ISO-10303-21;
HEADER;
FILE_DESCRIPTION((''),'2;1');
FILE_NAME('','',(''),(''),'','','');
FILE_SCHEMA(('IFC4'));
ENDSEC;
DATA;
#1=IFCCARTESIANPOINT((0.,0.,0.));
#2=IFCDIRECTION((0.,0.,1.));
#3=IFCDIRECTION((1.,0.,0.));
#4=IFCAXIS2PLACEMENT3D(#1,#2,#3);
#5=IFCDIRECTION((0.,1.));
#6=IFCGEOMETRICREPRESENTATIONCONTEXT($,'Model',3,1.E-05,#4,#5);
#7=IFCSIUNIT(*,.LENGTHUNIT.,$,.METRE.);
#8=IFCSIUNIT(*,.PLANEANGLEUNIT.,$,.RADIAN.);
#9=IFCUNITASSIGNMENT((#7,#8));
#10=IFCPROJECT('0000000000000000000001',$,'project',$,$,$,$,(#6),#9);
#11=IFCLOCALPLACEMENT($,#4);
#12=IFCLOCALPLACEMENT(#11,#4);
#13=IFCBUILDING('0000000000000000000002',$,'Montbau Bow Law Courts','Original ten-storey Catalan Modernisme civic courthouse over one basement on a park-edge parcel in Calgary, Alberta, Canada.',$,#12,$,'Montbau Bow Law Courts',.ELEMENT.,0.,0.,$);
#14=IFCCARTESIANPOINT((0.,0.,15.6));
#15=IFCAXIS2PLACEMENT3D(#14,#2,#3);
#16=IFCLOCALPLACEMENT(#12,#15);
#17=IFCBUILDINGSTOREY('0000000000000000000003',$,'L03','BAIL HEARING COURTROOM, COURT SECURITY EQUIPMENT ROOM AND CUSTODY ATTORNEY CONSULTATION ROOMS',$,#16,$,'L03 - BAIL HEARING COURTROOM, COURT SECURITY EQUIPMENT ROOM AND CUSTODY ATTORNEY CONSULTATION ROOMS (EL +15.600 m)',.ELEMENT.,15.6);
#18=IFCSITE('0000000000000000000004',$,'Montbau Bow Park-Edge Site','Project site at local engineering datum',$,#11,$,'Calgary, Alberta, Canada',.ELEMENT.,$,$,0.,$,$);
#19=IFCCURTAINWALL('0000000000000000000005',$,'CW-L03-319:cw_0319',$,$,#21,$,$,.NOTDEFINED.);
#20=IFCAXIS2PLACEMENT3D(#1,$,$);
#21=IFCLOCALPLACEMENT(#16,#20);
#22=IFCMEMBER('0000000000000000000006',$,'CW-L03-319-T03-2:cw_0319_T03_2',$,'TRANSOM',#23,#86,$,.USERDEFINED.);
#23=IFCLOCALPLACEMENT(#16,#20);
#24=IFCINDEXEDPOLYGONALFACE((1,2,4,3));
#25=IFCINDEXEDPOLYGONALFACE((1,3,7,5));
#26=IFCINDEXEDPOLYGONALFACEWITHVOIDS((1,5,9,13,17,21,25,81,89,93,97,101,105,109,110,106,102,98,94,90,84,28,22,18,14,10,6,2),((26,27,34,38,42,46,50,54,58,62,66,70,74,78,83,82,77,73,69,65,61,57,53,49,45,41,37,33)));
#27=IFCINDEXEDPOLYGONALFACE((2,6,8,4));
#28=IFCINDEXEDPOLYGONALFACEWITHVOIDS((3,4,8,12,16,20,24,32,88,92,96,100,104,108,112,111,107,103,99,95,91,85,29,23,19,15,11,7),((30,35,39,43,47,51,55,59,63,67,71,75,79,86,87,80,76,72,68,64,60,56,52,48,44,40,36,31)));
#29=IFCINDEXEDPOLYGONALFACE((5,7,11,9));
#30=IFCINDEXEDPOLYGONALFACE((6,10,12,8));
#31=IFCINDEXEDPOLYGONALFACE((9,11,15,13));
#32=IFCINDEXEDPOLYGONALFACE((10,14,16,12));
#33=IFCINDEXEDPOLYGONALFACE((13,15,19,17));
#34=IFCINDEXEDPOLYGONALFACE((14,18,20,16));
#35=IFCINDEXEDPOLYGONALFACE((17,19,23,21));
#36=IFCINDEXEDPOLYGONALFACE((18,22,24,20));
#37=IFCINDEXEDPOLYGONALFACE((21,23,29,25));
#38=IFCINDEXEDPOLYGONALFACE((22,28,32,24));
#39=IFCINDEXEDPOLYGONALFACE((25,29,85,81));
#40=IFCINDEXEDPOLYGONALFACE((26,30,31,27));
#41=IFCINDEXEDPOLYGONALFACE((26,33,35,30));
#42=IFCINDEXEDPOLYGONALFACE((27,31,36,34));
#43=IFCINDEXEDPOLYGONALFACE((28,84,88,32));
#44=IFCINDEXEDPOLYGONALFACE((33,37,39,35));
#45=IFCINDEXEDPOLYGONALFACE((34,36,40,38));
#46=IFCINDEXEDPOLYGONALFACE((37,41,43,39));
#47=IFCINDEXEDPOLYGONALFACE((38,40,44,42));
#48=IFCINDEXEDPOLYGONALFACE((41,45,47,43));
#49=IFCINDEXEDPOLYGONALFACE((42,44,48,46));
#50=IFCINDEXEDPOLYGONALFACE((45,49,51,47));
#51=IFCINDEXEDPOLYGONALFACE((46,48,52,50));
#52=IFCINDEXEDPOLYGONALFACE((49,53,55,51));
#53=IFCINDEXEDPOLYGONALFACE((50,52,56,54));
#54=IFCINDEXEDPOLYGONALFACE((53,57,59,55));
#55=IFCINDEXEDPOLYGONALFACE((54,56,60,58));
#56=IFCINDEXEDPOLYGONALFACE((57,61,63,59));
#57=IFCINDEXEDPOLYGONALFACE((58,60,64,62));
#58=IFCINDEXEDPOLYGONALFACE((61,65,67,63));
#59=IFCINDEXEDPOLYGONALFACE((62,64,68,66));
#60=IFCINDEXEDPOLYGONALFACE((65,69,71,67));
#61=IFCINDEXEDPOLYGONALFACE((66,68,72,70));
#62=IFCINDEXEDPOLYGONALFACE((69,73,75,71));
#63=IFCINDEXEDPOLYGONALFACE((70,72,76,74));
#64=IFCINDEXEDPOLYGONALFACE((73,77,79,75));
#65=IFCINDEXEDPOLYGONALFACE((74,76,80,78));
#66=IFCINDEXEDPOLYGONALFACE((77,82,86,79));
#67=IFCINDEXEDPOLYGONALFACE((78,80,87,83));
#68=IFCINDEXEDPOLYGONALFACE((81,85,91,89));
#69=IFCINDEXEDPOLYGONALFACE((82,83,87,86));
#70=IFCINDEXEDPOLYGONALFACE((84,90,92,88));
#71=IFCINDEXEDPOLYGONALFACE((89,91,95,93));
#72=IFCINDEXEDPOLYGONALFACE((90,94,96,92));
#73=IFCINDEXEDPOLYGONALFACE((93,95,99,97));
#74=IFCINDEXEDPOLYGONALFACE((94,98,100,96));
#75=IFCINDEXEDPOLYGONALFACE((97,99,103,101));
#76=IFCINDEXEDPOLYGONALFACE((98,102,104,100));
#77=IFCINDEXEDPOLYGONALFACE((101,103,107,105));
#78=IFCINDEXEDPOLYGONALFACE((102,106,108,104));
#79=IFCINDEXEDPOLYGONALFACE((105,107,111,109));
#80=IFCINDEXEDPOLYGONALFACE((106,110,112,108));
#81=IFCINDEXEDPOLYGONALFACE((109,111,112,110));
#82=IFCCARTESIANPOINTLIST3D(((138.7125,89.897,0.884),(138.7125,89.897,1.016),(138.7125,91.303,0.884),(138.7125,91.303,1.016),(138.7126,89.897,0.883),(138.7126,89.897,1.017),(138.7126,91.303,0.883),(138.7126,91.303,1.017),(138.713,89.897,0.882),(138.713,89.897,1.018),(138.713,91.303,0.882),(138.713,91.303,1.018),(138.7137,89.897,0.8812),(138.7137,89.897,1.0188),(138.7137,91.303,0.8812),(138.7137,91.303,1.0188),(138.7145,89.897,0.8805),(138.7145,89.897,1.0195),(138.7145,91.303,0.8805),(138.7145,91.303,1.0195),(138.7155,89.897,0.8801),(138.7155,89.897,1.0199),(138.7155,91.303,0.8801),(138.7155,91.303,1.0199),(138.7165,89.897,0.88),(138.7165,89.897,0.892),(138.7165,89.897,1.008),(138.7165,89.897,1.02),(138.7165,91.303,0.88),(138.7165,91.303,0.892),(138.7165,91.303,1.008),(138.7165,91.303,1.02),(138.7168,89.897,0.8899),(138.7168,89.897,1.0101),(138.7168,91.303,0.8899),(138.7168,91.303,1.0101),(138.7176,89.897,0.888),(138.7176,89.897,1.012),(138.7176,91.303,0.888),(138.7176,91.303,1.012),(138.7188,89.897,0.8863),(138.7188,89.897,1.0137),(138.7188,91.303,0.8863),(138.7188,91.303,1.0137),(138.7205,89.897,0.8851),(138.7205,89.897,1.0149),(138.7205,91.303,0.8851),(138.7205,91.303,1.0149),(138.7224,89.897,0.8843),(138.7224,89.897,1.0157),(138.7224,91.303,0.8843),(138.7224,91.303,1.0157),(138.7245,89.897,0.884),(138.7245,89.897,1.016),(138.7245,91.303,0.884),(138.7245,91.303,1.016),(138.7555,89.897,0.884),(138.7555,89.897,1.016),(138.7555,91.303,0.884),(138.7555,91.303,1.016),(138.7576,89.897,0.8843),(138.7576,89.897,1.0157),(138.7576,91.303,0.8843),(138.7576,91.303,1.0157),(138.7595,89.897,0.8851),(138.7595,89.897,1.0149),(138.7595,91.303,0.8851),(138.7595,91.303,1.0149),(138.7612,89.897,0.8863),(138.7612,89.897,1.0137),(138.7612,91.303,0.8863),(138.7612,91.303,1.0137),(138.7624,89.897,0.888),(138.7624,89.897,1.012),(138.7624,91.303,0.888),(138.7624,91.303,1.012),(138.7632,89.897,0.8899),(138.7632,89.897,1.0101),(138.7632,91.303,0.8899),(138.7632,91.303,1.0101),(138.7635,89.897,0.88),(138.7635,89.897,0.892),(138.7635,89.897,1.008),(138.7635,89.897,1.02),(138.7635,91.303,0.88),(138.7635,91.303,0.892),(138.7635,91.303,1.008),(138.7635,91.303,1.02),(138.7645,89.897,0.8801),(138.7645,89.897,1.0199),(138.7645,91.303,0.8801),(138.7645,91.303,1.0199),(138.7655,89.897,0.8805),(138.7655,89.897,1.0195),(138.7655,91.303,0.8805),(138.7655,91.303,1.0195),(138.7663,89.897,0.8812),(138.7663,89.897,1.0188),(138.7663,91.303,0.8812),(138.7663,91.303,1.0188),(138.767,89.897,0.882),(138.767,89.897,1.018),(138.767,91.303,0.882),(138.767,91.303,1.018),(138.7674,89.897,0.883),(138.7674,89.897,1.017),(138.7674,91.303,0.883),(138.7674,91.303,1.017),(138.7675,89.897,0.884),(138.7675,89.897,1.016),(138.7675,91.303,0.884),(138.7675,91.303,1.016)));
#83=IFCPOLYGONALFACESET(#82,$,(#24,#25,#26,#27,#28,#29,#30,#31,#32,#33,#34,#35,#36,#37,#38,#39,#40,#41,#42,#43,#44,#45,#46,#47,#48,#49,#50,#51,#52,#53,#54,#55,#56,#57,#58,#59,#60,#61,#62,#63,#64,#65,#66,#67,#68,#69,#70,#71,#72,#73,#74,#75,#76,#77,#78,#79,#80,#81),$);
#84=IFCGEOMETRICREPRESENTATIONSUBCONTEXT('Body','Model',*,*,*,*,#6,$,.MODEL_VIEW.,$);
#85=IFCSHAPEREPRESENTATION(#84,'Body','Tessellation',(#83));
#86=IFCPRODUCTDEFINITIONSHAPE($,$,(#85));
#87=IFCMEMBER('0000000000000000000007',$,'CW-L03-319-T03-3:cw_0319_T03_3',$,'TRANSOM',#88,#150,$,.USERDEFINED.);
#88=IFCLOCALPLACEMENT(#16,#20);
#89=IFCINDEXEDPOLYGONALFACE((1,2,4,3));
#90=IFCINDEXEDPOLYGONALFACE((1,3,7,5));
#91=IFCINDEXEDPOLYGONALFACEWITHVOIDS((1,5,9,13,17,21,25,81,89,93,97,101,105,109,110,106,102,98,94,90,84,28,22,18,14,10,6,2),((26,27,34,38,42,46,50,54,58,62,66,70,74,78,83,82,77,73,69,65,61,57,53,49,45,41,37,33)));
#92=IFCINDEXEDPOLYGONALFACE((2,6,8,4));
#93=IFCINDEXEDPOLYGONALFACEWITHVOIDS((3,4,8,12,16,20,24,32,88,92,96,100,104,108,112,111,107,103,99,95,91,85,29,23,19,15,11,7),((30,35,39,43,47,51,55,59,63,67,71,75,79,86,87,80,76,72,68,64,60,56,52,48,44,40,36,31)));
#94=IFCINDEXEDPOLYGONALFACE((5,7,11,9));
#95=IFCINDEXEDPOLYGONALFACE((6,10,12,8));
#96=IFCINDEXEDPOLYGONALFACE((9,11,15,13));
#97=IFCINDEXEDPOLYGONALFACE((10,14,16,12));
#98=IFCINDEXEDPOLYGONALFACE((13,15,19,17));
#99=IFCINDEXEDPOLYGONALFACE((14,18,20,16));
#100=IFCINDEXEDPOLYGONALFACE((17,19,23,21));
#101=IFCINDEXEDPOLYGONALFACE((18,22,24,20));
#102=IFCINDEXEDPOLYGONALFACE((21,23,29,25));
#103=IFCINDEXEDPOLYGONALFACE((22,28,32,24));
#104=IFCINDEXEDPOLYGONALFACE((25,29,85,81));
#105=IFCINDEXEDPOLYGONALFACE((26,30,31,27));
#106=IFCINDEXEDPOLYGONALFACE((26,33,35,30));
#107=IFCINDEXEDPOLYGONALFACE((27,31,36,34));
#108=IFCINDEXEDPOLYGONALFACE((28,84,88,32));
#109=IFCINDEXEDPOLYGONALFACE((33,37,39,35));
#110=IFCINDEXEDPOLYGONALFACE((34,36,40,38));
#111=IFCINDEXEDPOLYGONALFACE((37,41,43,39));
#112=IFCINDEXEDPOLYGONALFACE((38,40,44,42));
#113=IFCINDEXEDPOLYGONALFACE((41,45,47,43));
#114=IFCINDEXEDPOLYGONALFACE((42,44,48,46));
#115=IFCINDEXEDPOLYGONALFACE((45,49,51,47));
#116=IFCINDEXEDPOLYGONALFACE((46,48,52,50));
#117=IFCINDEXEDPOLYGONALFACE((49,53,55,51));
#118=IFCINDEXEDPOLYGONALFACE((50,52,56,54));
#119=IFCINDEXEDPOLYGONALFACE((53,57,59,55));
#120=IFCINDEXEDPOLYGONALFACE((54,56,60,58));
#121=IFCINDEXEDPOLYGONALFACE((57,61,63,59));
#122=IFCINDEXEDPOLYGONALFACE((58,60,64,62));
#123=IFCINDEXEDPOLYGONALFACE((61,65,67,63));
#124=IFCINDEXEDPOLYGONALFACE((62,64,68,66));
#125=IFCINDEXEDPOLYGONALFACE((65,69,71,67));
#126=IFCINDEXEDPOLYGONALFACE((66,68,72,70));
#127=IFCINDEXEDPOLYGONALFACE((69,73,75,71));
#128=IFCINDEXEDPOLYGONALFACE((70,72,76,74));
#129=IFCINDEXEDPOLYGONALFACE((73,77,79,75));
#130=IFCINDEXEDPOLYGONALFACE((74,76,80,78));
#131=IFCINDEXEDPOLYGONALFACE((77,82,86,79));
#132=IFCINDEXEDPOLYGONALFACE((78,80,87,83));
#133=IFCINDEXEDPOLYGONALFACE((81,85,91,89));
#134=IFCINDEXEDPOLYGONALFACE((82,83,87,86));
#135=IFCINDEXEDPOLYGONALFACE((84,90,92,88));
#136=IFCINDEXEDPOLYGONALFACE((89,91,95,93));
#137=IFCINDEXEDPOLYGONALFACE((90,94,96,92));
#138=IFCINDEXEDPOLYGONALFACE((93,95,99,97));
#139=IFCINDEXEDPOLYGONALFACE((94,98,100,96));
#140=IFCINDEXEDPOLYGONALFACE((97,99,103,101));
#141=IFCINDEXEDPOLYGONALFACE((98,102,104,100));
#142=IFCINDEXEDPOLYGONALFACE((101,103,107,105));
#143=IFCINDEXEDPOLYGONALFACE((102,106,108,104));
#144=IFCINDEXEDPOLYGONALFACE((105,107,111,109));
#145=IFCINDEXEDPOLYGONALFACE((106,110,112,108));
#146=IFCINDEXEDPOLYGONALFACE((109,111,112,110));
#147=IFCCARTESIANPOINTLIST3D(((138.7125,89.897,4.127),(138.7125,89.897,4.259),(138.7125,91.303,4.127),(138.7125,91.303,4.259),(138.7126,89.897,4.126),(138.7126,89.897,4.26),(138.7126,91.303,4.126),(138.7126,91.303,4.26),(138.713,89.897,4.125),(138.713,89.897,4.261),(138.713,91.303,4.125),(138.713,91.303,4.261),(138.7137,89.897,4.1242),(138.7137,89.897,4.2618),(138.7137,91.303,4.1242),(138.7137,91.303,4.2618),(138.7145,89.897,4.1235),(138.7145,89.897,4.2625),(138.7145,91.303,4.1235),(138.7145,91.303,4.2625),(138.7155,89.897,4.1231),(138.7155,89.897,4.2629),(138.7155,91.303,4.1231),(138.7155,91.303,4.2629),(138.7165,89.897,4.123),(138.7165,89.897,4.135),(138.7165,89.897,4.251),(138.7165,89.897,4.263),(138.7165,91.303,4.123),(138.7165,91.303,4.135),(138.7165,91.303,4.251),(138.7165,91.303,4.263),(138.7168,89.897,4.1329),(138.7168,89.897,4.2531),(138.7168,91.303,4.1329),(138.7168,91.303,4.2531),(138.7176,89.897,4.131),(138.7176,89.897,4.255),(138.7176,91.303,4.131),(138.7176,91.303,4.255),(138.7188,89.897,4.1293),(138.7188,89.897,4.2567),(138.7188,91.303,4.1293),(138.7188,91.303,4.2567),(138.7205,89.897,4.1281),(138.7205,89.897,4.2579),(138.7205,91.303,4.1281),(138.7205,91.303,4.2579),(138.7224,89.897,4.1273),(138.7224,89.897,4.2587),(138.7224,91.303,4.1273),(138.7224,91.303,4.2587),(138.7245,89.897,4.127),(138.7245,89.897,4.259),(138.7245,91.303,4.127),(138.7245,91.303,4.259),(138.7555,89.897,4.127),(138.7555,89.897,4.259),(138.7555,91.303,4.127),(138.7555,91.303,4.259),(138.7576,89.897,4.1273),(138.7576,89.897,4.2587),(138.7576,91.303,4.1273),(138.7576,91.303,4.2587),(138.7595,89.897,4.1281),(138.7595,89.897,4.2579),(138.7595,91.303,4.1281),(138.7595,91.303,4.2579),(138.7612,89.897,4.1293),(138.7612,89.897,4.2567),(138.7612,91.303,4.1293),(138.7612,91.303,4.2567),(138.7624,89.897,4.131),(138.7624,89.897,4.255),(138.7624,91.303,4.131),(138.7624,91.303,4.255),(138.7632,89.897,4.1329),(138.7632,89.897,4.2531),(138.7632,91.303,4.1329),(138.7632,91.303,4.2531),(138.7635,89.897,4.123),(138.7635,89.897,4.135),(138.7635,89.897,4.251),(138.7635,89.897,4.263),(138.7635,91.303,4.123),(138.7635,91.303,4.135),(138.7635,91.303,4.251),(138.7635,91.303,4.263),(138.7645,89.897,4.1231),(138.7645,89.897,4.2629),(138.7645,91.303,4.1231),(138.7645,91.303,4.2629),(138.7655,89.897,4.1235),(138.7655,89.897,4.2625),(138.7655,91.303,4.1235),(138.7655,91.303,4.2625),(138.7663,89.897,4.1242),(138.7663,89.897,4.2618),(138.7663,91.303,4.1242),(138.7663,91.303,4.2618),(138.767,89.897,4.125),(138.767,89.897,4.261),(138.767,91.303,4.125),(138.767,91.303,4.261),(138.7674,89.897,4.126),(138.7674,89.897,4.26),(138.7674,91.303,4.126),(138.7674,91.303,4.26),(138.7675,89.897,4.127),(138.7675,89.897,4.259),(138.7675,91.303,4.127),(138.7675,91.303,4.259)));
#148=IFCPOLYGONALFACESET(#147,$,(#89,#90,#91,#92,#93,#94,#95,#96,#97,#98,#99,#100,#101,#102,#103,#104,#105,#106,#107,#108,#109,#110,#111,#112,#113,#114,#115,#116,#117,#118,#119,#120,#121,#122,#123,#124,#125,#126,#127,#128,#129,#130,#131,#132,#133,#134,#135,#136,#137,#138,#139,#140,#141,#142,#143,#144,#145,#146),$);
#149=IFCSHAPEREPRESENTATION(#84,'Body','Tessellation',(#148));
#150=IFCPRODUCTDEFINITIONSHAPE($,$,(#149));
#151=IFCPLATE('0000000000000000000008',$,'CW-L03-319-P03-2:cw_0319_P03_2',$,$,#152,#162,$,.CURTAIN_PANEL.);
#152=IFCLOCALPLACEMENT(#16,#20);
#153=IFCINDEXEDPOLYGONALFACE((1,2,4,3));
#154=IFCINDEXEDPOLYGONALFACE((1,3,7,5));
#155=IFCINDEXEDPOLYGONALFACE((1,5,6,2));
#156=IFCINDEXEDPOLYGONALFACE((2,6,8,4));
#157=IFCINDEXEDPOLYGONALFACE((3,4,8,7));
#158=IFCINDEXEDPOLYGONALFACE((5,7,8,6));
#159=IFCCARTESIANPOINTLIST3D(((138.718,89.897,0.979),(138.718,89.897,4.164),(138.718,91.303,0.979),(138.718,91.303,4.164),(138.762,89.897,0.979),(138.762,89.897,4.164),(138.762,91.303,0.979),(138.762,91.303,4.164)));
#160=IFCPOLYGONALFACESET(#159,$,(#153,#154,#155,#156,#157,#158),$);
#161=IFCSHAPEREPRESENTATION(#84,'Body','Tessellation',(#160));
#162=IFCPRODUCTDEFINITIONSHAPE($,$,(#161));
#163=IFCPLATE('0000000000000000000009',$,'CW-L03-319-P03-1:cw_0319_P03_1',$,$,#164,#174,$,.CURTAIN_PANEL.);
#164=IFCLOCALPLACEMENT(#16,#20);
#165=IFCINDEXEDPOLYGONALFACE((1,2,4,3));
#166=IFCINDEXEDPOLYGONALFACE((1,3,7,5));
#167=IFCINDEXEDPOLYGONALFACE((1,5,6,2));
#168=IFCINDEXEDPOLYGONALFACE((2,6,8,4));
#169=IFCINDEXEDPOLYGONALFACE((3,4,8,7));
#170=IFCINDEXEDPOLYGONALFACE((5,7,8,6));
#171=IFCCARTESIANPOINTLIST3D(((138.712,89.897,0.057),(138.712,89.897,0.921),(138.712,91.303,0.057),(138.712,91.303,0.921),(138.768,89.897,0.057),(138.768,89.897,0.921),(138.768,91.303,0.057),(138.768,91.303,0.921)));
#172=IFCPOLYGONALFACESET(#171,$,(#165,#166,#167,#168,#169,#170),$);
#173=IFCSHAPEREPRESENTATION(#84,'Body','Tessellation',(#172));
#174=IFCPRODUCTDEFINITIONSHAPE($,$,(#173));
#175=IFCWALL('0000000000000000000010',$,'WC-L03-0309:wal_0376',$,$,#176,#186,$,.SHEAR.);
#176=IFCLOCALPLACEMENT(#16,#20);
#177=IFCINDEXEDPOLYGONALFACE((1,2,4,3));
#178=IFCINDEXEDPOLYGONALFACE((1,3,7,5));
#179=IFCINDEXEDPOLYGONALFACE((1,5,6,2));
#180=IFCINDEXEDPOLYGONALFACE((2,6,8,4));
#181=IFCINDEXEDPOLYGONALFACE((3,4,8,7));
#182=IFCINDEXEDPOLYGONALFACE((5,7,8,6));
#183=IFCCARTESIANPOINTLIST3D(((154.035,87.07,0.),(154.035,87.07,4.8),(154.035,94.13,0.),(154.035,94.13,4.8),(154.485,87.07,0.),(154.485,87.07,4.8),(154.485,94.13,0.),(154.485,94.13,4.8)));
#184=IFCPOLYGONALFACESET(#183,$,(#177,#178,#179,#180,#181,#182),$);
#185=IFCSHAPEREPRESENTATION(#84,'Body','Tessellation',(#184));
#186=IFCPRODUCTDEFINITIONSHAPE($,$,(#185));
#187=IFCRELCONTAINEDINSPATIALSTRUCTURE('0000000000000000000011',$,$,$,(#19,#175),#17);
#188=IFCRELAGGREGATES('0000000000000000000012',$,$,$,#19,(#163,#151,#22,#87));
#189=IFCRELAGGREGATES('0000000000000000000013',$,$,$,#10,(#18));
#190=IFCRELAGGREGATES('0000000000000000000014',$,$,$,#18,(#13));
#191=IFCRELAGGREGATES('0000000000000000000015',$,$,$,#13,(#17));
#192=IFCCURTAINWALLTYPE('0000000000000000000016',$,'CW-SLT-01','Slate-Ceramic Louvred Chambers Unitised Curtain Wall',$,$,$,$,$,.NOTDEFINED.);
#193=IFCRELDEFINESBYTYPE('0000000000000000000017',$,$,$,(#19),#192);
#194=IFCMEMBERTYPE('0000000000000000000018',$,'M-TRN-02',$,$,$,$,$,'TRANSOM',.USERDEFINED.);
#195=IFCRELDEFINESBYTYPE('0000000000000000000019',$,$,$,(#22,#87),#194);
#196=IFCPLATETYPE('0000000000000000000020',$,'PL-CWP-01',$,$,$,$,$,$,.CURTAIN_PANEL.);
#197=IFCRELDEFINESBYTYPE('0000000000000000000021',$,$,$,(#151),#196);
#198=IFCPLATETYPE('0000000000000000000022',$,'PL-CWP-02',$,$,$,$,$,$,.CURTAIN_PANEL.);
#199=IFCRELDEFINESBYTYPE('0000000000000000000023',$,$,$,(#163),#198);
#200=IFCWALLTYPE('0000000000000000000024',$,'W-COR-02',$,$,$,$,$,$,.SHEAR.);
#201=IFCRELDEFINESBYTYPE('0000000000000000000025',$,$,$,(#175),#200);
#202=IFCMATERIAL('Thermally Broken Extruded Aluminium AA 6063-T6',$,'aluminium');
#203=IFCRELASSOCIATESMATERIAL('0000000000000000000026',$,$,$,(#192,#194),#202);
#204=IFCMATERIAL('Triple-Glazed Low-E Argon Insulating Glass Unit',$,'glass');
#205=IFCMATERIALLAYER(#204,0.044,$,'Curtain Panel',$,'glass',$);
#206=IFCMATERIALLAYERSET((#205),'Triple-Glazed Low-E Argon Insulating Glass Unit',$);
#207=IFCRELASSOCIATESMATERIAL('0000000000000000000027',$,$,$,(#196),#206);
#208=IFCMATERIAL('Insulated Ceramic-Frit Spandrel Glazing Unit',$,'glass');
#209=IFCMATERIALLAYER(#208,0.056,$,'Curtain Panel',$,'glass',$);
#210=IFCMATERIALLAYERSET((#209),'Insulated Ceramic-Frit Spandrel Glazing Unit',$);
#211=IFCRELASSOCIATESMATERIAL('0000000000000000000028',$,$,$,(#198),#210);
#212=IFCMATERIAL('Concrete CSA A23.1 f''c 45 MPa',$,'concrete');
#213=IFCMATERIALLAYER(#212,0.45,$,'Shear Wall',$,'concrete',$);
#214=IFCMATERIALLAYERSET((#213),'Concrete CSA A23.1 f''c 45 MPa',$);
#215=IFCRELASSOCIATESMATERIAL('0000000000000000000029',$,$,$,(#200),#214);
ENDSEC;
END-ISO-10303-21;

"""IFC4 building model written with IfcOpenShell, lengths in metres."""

from ifc_helpers import new_model, si_unit, direction, frame, frame_2d, origin_with_axes, origin_2d_with_axis, place, context, subcontext, project, spatial, rectangle, hollow_rectangle, extrude, material, layer, layer_set, material_profile, profile_set, type_object, element, aggregate, save


model = new_model("IFC4")

# Units and contexts
model_context = context("Model", 3, precision=1e-05, world=origin_with_axes(), true_north=direction((0.0, 1.0)))
body_context = subcontext(model_context, "Body", "Model", "MODEL_VIEW")
ifc_project = project(units=[si_unit("LENGTHUNIT", "METRE"), si_unit("PLANEANGLEUNIT", "RADIAN")], contexts=[model_context])

# Site, building, storey
site_placement = place(None, origin_with_axes())
site = spatial("IfcSite", under=ifc_project, at=site_placement, Name="Montbau Bow Park-Edge Site", Description="Project site at local engineering datum", LongName="Calgary, Alberta, Canada", CompositionType="ELEMENT", RefElevation=0.0)
building_placement = place(site_placement, origin_with_axes())
building = spatial("IfcBuilding", under=site, at=building_placement, Name="Montbau Bow Law Courts", Description="Original ten-storey Catalan Modernisme civic courthouse over one basement on a park-edge parcel in Calgary, Alberta, Canada.", LongName="Montbau Bow Law Courts", CompositionType="ELEMENT", ElevationOfRefHeight=0.0, ElevationOfTerrain=0.0)
storey_placement = place(building_placement, frame((0.0, 0.0, 15.6), z_axis=(0.0, 0.0, 1.0), x_axis=(1.0, 0.0, 0.0)))
storey = spatial("IfcBuildingStorey", under=building, at=storey_placement, Name="L03", Description="BAIL HEARING COURTROOM, COURT SECURITY EQUIPMENT ROOM AND CUSTODY ATTORNEY CONSULTATION ROOMS", LongName="L03 - BAIL HEARING COURTROOM, COURT SECURITY EQUIPMENT ROOM AND CUSTODY ATTORNEY CONSULTATION ROOMS (EL +15.600 m)", CompositionType="ELEMENT", Elevation=15.6)

# Curtain wall, members, plates
ifc_material_1 = material(Name="Thermally Broken Extruded Aluminium AA 6063-T6", Category="aluminium")
curtain_wall_type = type_object("IfcCurtainWallType", Name="CW-SLT-01", Description="Slate-Ceramic Louvred Chambers Unitised Curtain Wall", PredefinedType="NOTDEFINED", material=ifc_material_1)
curtain_wall_placement = place(None, frame((138.74, 86.915, 15.6), z_axis=(0.0, 0.0, 1.0), x_axis=(1.0, 0.0, 0.0)))
curtain_wall = element("IfcCurtainWall", 1, at=curtain_wall_placement, inside=storey, type_object=curtain_wall_type, Name="CW-L03-319:cw_0319", PredefinedType="NOTDEFINED")
ifc_material_profile_1 = material_profile(ifc_material_1, hollow_rectangle(XDim=0.055, YDim=0.14, WallThickness=0.004, InnerFilletRadius=0.008, OuterFilletRadius=0.004, at=origin_2d_with_axis()), Name="CWT-140X55", Category="Main", Priority=0)
ifc_profile_set_1 = profile_set([ifc_material_profile_1], Name="Thermally Broken Extruded Aluminium AA 6063-T6")
member_type_1 = type_object("IfcMemberType", Name="M-TRN-02", ElementType="TRANSOM", PredefinedType="USERDEFINED", material=ifc_profile_set_1)
member_1_placement = place(None, frame((138.74, 89.897, 16.55), z_axis=(0.0, 1.0, 0.0), x_axis=(-1.0, 0.0, 0.0)))
member_1 = element("IfcMember", 2, at=member_1_placement, type_object=member_type_1, Name="CW-L03-319-T03-2:cw_0319_T03_2", ObjectType="TRANSOM", PredefinedType="USERDEFINED", context=body_context, shape_type="SweptSolid", body=[
    extrude(hollow_rectangle(XDim=0.055, YDim=0.14, WallThickness=0.004, InnerFilletRadius=0.008, OuterFilletRadius=0.004, at=origin_2d_with_axis()), origin_with_axes(), (0.0, 0.0, 1.0), 1.406),
])
member_2_placement = place(None, frame((138.74, 89.897, 19.793), z_axis=(0.0, 1.0, 0.0), x_axis=(-1.0, 0.0, 0.0)))
member_2 = element("IfcMember", 3, at=member_2_placement, type_object=member_type_1, Name="CW-L03-319-T03-3:cw_0319_T03_3", ObjectType="TRANSOM", PredefinedType="USERDEFINED", context=body_context, shape_type="SweptSolid", body=[
    extrude(hollow_rectangle(XDim=0.055, YDim=0.14, WallThickness=0.004, InnerFilletRadius=0.008, OuterFilletRadius=0.004, at=origin_2d_with_axis()), origin_with_axes(), (0.0, 0.0, 1.0), 1.406),
])
ifc_material_2 = material(Name="Triple-Glazed Low-E Argon Insulating Glass Unit", Category="glass")
ifc_layer_1 = layer(ifc_material_2, 0.044, Name="Curtain Panel", Category="glass")
ifc_layer_set_1 = layer_set([ifc_layer_1], Name="Triple-Glazed Low-E Argon Insulating Glass Unit")
plate_type_1 = type_object("IfcPlateType", Name="PL-CWP-01", PredefinedType="CURTAIN_PANEL", material=ifc_layer_set_1)
plate_1_placement = place(None, frame((138.74, 89.897, 16.579), z_axis=(1.0, 0.0, 0.0), x_axis=(0.0, 1.0, 0.0)))
plate_1 = element("IfcPlate", 4, at=plate_1_placement, type_object=plate_type_1, Name="CW-L03-319-P03-2:cw_0319_P03_2", PredefinedType="CURTAIN_PANEL", context=body_context, shape_type="SweptSolid", body=[
    extrude(rectangle(XDim=1.406, YDim=3.185, at=frame_2d((0.703, 1.5925), x_axis=(1.0, 0.0))), frame((0.0, 0.0, -0.022), z_axis=(0.0, 0.0, 1.0), x_axis=(1.0, 0.0, 0.0)), (0.0, 0.0, 1.0), 0.044),
])
ifc_material_3 = material(Name="Insulated Ceramic-Frit Spandrel Glazing Unit", Category="glass")
ifc_layer_2 = layer(ifc_material_3, 0.056, Name="Curtain Panel", Category="glass")
ifc_layer_set_2 = layer_set([ifc_layer_2], Name="Insulated Ceramic-Frit Spandrel Glazing Unit")
plate_type_2 = type_object("IfcPlateType", Name="PL-CWP-02", PredefinedType="CURTAIN_PANEL", material=ifc_layer_set_2)
plate_2_placement = place(None, frame((138.74, 89.897, 15.657), z_axis=(1.0, 0.0, 0.0), x_axis=(0.0, 1.0, 0.0)))
plate_2 = element("IfcPlate", 5, at=plate_2_placement, type_object=plate_type_2, Name="CW-L03-319-P03-1:cw_0319_P03_1", PredefinedType="CURTAIN_PANEL", context=body_context, shape_type="SweptSolid", body=[
    extrude(rectangle(XDim=1.406, YDim=0.864, at=frame_2d((0.703, 0.432), x_axis=(1.0, 0.0))), frame((0.0, 0.0, -0.028), z_axis=(0.0, 0.0, 1.0), x_axis=(1.0, 0.0, 0.0)), (0.0, 0.0, 1.0), 0.056),
])
aggregate(curtain_wall, [plate_2, plate_1, member_1, member_2])

# Wall
ifc_material_4 = material(Name="Concrete CSA A23.1 f'c 45 MPa", Category="concrete")
ifc_layer_3 = layer(ifc_material_4, 0.45, Name="Shear Wall", Category="concrete")
ifc_layer_set_3 = layer_set([ifc_layer_3], Name="Concrete CSA A23.1 f'c 45 MPa")
wall_type_1 = type_object("IfcWallType", Name="W-COR-02", PredefinedType="SHEAR", material=ifc_layer_set_3)
wall_1_placement = place(None, frame((154.26, 87.07, 15.6), z_axis=(0.0, 0.0, 1.0), x_axis=(0.0, 1.0, 0.0)))
element("IfcWall", 6, at=wall_1_placement, inside=storey, type_object=wall_type_1, Name="WC-L03-0309:wal_0376", PredefinedType="SHEAR", context=body_context, shape_type="SweptSolid", body=[
    extrude(rectangle(XDim=7.06, YDim=0.45, at=frame_2d((3.53, 0.0), x_axis=(1.0, 0.0))), origin_with_axes(), (0.0, 0.0, 1.0), 4.8),
])

save(model, "model.ifc")
